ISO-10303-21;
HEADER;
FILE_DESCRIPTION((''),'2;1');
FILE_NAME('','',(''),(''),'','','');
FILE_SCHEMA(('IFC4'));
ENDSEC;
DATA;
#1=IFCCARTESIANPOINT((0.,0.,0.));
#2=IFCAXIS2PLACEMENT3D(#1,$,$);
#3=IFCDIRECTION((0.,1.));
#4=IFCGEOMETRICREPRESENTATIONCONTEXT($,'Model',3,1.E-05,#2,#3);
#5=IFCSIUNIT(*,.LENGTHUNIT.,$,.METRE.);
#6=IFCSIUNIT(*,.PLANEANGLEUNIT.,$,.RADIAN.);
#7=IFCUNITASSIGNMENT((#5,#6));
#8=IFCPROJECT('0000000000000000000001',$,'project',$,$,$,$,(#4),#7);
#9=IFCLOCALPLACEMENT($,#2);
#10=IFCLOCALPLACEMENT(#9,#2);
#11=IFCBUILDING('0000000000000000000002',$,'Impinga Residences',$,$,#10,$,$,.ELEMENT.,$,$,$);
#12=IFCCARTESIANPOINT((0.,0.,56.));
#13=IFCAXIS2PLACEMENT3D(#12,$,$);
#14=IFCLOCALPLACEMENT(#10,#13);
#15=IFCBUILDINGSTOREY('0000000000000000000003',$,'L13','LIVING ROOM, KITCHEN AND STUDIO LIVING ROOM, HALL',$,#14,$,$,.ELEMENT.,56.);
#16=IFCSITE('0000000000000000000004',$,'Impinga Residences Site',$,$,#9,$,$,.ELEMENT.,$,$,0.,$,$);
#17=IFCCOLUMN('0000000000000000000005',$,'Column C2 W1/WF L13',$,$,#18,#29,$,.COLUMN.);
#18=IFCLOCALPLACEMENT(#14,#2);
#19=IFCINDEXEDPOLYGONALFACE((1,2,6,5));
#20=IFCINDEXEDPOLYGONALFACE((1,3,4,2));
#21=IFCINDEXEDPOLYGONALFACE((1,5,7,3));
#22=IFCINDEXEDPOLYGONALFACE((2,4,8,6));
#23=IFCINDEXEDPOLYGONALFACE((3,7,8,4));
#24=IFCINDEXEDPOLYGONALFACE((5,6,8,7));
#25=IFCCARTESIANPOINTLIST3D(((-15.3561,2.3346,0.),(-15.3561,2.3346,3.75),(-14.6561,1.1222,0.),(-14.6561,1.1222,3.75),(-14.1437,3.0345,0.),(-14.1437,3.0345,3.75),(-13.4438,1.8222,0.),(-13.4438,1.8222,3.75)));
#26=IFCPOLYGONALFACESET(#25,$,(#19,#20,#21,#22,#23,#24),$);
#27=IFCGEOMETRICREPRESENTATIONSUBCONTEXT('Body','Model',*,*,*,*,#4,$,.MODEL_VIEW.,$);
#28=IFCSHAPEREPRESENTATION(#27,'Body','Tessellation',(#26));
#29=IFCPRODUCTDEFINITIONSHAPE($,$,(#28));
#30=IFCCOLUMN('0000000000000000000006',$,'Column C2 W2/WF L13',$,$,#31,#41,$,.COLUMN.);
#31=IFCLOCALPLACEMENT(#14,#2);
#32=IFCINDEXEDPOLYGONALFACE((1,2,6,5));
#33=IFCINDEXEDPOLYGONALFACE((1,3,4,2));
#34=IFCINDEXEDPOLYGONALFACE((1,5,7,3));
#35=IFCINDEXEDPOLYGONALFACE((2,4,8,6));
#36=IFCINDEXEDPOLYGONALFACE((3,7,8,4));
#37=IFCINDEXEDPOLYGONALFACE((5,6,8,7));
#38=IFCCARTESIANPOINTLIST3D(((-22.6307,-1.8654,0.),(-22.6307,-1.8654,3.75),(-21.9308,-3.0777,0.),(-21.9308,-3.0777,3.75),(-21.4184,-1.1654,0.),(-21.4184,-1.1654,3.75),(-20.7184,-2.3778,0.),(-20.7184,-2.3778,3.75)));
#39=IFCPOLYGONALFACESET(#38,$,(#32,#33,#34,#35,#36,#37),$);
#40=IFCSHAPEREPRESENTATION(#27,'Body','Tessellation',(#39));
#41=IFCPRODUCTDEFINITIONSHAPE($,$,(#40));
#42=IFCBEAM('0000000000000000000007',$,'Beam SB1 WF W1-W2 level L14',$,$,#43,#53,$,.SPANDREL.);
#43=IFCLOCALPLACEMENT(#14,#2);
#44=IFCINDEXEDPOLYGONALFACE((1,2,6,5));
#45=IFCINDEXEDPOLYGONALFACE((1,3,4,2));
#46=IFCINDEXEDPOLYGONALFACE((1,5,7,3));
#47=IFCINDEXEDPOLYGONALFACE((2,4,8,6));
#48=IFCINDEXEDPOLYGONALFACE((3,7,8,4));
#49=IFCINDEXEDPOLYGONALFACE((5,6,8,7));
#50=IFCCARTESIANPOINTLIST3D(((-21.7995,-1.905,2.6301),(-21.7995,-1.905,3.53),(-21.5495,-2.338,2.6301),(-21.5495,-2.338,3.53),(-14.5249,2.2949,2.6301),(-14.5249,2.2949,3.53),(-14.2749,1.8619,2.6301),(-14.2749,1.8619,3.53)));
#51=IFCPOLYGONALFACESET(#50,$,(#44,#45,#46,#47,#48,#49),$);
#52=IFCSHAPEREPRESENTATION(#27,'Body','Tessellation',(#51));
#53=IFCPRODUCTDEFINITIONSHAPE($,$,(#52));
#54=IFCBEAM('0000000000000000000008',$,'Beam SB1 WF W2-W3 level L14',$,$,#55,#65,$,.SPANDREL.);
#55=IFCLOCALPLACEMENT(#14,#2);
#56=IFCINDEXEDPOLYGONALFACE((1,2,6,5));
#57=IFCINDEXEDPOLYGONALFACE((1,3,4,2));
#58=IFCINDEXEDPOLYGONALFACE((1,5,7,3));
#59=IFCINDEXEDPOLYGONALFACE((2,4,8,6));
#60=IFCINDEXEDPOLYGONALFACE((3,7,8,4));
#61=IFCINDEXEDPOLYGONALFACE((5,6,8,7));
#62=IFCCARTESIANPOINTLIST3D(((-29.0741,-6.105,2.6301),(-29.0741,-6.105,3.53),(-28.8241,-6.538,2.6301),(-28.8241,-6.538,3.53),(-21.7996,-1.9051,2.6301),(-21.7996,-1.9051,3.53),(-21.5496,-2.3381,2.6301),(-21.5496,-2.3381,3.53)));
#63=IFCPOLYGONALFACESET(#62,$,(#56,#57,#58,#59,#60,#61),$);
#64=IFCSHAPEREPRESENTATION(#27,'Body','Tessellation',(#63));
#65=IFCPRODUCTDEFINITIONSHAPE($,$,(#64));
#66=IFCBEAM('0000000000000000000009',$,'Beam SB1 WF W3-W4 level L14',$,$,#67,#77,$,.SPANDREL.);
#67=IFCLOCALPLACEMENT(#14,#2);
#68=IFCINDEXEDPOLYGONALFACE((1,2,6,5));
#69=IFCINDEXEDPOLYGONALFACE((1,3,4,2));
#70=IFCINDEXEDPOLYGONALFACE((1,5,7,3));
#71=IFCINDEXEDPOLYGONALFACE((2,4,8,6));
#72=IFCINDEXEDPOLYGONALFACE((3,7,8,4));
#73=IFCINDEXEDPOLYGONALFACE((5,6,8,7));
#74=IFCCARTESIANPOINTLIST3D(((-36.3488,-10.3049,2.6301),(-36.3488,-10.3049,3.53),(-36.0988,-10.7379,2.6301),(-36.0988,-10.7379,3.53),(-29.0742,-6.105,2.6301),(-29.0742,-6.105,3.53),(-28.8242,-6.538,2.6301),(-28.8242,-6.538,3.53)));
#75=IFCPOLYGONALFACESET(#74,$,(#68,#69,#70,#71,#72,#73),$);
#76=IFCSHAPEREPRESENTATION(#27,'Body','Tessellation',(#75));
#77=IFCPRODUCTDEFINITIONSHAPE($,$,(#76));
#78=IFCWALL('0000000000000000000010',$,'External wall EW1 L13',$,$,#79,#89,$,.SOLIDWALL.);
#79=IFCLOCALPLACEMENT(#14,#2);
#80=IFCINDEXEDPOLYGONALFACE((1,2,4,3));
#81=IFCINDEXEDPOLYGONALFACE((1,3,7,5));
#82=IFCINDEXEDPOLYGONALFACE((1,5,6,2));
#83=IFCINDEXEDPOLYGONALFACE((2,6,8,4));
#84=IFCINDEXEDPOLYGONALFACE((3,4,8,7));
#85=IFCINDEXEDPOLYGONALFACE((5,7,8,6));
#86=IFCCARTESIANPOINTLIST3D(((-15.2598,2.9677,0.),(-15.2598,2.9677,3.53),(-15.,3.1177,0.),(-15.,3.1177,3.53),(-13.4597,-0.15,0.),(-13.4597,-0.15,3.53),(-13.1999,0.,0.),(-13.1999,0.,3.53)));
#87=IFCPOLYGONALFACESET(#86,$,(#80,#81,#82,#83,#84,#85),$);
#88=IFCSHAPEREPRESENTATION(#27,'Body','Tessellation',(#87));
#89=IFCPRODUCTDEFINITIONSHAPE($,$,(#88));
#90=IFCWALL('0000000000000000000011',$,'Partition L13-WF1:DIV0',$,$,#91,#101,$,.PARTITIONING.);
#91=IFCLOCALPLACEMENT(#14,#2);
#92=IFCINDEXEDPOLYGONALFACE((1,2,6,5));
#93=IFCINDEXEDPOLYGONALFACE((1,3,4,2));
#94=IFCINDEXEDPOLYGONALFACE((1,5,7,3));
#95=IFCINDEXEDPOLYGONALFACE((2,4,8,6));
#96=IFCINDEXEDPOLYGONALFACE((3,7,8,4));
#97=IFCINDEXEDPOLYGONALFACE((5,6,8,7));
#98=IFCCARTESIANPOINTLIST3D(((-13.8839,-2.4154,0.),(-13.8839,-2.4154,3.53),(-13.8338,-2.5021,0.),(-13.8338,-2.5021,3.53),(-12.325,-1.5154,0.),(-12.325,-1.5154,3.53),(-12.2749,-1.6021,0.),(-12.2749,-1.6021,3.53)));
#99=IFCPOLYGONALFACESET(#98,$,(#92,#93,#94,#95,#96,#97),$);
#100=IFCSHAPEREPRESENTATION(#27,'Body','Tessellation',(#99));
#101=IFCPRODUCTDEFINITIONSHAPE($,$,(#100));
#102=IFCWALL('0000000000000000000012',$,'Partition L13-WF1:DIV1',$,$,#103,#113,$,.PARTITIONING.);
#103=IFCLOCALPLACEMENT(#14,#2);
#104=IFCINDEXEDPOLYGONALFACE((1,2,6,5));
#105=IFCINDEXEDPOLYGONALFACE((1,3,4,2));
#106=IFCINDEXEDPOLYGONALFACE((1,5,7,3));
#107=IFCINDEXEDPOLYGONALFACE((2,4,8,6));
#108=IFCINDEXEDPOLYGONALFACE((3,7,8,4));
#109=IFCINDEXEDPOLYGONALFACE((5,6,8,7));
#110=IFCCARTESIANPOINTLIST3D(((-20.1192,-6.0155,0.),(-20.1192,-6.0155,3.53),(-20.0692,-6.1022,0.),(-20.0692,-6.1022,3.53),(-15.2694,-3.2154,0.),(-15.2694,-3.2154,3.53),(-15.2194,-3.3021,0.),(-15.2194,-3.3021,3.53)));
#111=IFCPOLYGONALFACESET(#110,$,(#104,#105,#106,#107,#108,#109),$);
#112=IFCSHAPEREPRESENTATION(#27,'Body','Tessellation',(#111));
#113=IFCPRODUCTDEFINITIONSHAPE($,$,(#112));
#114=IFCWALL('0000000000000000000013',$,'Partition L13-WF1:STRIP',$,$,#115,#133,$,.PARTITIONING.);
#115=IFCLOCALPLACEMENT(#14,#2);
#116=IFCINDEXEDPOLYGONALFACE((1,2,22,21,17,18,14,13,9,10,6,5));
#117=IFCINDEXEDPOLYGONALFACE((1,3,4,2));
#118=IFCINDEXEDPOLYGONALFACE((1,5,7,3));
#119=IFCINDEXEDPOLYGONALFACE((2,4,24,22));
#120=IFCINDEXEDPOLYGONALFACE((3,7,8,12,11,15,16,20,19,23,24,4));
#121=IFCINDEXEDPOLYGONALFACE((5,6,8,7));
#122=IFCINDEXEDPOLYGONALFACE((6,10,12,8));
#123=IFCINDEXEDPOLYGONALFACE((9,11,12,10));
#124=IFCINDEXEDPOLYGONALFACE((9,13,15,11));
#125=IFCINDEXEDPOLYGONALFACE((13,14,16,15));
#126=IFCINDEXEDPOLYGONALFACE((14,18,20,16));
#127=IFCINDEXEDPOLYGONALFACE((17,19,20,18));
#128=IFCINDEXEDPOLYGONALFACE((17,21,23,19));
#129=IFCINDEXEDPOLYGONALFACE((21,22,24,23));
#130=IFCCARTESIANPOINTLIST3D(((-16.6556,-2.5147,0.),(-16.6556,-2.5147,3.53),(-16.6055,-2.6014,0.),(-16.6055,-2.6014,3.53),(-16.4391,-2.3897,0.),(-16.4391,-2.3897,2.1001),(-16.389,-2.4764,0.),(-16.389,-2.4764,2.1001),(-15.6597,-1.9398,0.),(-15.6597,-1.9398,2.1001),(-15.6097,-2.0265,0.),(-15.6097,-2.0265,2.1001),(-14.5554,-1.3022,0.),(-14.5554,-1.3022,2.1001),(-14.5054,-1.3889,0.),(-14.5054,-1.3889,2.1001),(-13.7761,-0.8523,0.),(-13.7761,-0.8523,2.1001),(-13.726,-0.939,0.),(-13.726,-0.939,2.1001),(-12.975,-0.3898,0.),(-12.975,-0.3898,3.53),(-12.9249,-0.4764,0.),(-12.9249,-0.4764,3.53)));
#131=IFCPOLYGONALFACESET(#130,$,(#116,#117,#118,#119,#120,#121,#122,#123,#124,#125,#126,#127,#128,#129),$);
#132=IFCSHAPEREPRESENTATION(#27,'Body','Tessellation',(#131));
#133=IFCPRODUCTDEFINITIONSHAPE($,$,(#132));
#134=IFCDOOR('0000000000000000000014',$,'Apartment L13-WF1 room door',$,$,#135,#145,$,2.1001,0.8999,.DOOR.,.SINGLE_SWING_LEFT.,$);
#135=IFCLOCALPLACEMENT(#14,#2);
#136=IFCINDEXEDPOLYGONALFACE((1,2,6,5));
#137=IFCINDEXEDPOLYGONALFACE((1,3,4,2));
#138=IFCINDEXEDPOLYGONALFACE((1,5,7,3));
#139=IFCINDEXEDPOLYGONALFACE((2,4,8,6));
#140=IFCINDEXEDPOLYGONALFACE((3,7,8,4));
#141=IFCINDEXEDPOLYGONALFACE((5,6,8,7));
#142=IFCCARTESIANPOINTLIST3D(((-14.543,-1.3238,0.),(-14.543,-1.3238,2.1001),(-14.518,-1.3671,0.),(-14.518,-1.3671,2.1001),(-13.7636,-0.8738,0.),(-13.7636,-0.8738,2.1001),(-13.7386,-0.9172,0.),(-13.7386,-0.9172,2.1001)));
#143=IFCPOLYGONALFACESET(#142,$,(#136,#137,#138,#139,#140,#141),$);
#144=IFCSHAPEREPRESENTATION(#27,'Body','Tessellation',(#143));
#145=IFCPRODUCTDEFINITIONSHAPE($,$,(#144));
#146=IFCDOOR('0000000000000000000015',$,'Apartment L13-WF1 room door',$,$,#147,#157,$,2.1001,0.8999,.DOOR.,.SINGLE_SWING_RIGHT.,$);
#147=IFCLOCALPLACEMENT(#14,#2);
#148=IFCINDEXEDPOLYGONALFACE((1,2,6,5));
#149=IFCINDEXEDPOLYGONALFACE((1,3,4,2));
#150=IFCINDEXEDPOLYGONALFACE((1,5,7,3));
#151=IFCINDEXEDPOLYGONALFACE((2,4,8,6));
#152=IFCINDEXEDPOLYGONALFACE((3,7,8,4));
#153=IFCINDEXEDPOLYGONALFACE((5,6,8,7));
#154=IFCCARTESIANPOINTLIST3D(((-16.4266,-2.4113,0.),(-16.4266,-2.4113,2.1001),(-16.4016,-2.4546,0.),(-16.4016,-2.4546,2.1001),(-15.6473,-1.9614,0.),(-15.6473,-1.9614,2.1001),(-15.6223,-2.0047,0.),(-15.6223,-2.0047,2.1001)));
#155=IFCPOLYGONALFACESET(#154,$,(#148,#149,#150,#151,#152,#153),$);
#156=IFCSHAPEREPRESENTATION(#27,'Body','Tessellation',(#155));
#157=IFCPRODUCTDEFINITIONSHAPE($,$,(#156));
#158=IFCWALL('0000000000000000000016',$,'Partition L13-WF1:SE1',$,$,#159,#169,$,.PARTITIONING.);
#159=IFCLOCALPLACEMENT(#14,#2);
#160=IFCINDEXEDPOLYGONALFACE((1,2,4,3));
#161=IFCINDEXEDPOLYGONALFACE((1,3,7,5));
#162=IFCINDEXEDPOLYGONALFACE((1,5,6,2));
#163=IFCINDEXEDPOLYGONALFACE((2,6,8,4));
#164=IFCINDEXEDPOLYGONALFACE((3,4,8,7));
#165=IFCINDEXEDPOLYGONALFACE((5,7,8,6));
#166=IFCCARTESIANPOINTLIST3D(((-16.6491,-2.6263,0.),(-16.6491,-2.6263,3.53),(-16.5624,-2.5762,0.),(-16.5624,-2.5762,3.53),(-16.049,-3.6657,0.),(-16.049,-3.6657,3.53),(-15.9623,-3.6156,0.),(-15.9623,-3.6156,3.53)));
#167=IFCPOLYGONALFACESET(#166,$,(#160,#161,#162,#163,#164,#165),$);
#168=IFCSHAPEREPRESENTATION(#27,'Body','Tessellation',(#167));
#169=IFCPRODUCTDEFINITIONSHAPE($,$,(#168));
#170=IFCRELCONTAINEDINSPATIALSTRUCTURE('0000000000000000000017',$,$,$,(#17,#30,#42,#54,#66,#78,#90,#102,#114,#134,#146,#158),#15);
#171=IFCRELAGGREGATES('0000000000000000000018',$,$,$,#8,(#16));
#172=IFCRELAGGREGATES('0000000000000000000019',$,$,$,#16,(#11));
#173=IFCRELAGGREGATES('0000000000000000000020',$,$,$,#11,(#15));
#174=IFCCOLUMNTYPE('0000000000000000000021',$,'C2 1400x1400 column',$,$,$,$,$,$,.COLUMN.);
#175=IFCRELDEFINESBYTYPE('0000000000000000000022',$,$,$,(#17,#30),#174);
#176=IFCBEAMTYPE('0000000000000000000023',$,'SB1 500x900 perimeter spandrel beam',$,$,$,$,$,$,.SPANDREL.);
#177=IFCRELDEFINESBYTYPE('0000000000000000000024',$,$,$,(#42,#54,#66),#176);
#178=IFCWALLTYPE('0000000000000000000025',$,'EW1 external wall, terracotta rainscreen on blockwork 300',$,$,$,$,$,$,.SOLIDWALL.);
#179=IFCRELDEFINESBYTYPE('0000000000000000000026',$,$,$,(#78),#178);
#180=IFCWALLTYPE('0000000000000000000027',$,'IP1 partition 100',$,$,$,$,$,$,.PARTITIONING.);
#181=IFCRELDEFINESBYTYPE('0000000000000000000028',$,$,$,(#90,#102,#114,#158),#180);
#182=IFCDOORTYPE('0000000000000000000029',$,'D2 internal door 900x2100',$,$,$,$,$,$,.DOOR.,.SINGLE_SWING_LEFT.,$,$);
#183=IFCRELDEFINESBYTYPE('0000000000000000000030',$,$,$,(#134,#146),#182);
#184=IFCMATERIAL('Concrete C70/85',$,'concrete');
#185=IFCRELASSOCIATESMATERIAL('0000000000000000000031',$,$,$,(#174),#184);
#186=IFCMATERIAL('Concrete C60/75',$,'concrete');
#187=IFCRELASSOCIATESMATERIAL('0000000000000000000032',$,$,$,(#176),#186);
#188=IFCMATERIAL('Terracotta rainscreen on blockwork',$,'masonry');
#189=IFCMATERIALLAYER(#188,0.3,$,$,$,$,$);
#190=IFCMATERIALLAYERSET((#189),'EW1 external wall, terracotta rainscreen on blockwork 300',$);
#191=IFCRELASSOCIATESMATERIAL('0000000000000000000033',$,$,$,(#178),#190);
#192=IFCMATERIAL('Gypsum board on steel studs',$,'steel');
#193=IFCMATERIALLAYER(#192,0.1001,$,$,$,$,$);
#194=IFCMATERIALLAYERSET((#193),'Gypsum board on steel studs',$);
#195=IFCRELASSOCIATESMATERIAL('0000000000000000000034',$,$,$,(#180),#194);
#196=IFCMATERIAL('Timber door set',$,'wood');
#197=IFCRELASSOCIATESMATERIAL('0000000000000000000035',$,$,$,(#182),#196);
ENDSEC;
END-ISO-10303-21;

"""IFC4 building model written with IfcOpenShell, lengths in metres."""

from ifc_helpers import new_model, si_unit, direction, frame, frame_2d, origin, origin_2d, place, context, subcontext, project, spatial, rectangle, extrude, material, layer, layer_set, material_profile, profile_set, type_object, element, fill, save


model = new_model("IFC4")

# Units and contexts
model_context = context("Model", 3, precision=1e-05, world=origin(), true_north=direction((0.0, 1.0)))
body_context = subcontext(model_context, "Body", "Model", "MODEL_VIEW")
ifc_project = project(units=[si_unit("LENGTHUNIT", "METRE"), si_unit("PLANEANGLEUNIT", "RADIAN")], contexts=[model_context])

# Site, building, storey
site_placement = place(None, origin())
site = spatial("IfcSite", under=ifc_project, at=site_placement, Name="Impinga Residences Site", CompositionType="ELEMENT", RefElevation=0.0)
building_placement = place(site_placement, origin())
building = spatial("IfcBuilding", under=site, at=building_placement, Name="Impinga Residences", CompositionType="ELEMENT")
storey_placement = place(building_placement, frame((0.0, 0.0, 56.0)))
storey = spatial("IfcBuildingStorey", under=building, at=storey_placement, Name="L13", Description="LIVING ROOM, KITCHEN AND STUDIO LIVING ROOM, HALL", CompositionType="ELEMENT", Elevation=56.0)

# Columns
ifc_material_1 = material(Name="Concrete C70/85", Category="concrete")
ifc_material_profile_1 = material_profile(ifc_material_1, rectangle(XDim=1.3999, YDim=1.3999, at=origin_2d()), Name="RC 1400x1400")
ifc_profile_set_1 = profile_set([ifc_material_profile_1], Name="Concrete C70/85")
column_type = type_object("IfcColumnType", Name="C2 1400x1400 column", PredefinedType="COLUMN", material=ifc_profile_set_1)
for number, where, z_axis, x_axis, name in (
    (1, (-14.3999, 2.0784, 0.0), (0.0, 0.0, 1.0), (-0.5, 0.866025, 0.0), "Column C2 W1/WF L13"),
    (2, (-21.6746, -2.1216, 0.0), (0.0, 0.0, 1.0), (-0.5, 0.866025, 0.0), "Column C2 W2/WF L13"),
):
    element("IfcColumn", number, at=place(storey_placement, frame(where, z_axis=z_axis, x_axis=x_axis)), inside=storey, type_object=column_type, Name=name, PredefinedType="COLUMN", context=body_context, shape_type="SweptSolid", body=[
        extrude(rectangle(XDim=1.3999, YDim=1.3999, at=origin_2d()), origin(), (0.0, 0.0, 1.0), 3.75),
    ])

# Beams
ifc_material_2 = material(Name="Concrete C60/75", Category="concrete")
ifc_material_profile_2 = material_profile(ifc_material_2, rectangle(XDim=0.5, YDim=0.8999, at=origin_2d()), Name="RC 500x900")
ifc_profile_set_2 = profile_set([ifc_material_profile_2], Name="Concrete C60/75")
beam_type = type_object("IfcBeamType", Name="SB1 500x900 perimeter spandrel beam", PredefinedType="SPANDREL", material=ifc_profile_set_2)
for number, where, z_axis, x_axis, name in (
    (3, (-14.3999, 2.0784, 3.0801), (-0.866029, -0.499993, 0.0), (0.499993, -0.866029, 0.0), "Beam SB1 WF W1-W2 level L14"),
    (4, (-21.6746, -2.1216, 3.0801), (-0.866029, -0.499993, 0.0), (0.499993, -0.866029, 0.0), "Beam SB1 WF W2-W3 level L14"),
    (5, (-28.9492, -6.3215, 3.0801), (-0.866029, -0.499993, 0.0), (0.499993, -0.866029, 0.0), "Beam SB1 WF W3-W4 level L14"),
):
    element("IfcBeam", number, at=place(storey_placement, frame(where, z_axis=z_axis, x_axis=x_axis)), inside=storey, type_object=beam_type, Name=name, PredefinedType="SPANDREL", context=body_context, shape_type="SweptSolid", body=[
        extrude(rectangle(XDim=0.5, YDim=0.8999, at=origin_2d()), origin(), (0.0, 0.0, 1.0), 8.3999),
    ])

# Walls
ifc_material_3 = material(Name="Terracotta rainscreen on blockwork", Category="masonry")
ifc_layer_1 = layer(ifc_material_3, 0.3)
ifc_layer_set_1 = layer_set([ifc_layer_1], Name="EW1 external wall, terracotta rainscreen on blockwork 300")
wall_type_1 = type_object("IfcWallType", Name="EW1 external wall, terracotta rainscreen on blockwork 300", PredefinedType="SOLIDWALL", material=ifc_layer_set_1)
wall_1_placement = place(storey_placement, frame((-15.1299, 3.0427, 0.0), z_axis=(0.0, 0.0, 1.0), x_axis=(0.500012, -0.866018, 0.0)))
element("IfcWall", 6, at=wall_1_placement, inside=storey, type_object=wall_type_1, Name="External wall EW1 L13", PredefinedType="SOLIDWALL", context=body_context, shape_type="SweptSolid", body=[
    extrude(rectangle(XDim=3.6001, YDim=0.3, at=frame_2d((1.8, 0.0))), origin(), (0.0, 0.0, 1.0), 3.53),
])
ifc_material_4 = material(Name="Gypsum board on steel studs", Category="steel")
ifc_layer_2 = layer(ifc_material_4, 0.1001)
ifc_layer_set_2 = layer_set([ifc_layer_2], Name="Gypsum board on steel studs")
wall_type_2 = type_object("IfcWallType", Name="IP1 partition 100", PredefinedType="PARTITIONING", material=ifc_layer_set_2)
wall_2_placement = place(storey_placement, frame((-12.3, -1.5588, 0.0), z_axis=(0.0, 0.0, 1.0), x_axis=(-0.866048, -0.499961, 0.0)))
element("IfcWall", 7, at=wall_2_placement, inside=storey, type_object=wall_type_2, Name="Partition L13-WF1:DIV0", PredefinedType="PARTITIONING", context=body_context, shape_type="SweptSolid", body=[
    extrude(rectangle(XDim=1.8, YDim=0.1001, at=frame_2d((0.8999, 0.0))), origin(), (0.0, 0.0, 1.0), 3.53),
])
wall_3_placement = place(storey_placement, frame((-15.2444, -3.2588, 0.0), z_axis=(0.0, 0.0, 1.0), x_axis=(-0.866027, -0.499998, 0.0)))
element("IfcWall", 8, at=wall_3_placement, inside=storey, type_object=wall_type_2, Name="Partition L13-WF1:DIV1", PredefinedType="PARTITIONING", context=body_context, shape_type="SweptSolid", body=[
    extrude(rectangle(XDim=5.6001, YDim=0.1001, at=frame_2d((2.8, 0.0))), origin(), (0.0, 0.0, 1.0), 3.53),
])

# Wall, openings, doors
wall_4_placement = place(storey_placement, frame((-12.95, -0.4331, 0.0), z_axis=(0.0, 0.0, 1.0), x_axis=(-0.866029, -0.499994, 0.0)))
wall_4 = element("IfcWall", 9, at=wall_4_placement, inside=storey, type_object=wall_type_2, Name="Partition L13-WF1:STRIP", PredefinedType="PARTITIONING", context=body_context, shape_type="SweptSolid", body=[
    extrude(rectangle(XDim=4.25, YDim=0.1001, at=frame_2d((2.125, 0.0))), origin(), (0.0, 0.0, 1.0), 3.53),
])
opening_1_placement = place(wall_4_placement, frame((0.925, 0.0, 0.0)))
opening_1 = element("IfcOpeningElement", 10, at=opening_1_placement, cuts=wall_4, PredefinedType="OPENING", context=body_context, shape_type="SweptSolid", body=[
    extrude(rectangle(XDim=0.8999, YDim=2.1001, at=frame_2d((0.45, 1.05))), frame((0.0, 0.0601, 0.0), z_axis=(0.0, -1.0, 0.0), x_axis=(1.0, 0.0, 0.0)), (0.0, 0.0, 1.0), 0.1201),
])
opening_2_placement = place(wall_4_placement, frame((3.1001, 0.0, 0.0)))
opening_2 = element("IfcOpeningElement", 11, at=opening_2_placement, cuts=wall_4, PredefinedType="OPENING", context=body_context, shape_type="SweptSolid", body=[
    extrude(rectangle(XDim=0.8999, YDim=2.1001, at=frame_2d((0.45, 1.05))), frame((0.0, 0.0601, 0.0), z_axis=(0.0, -1.0, 0.0), x_axis=(1.0, 0.0, 0.0)), (0.0, 0.0, 1.0), 0.1201),
])
ifc_material_5 = material(Name="Timber door set", Category="wood")
door_type = type_object("IfcDoorType", Name="D2 internal door 900x2100", OperationType="SINGLE_SWING_LEFT", PredefinedType="DOOR", material=ifc_material_5)
door_1_placement = place(opening_1_placement, origin())
door_1 = element("IfcDoor", 12, at=door_1_placement, inside=storey, type_object=door_type, Name="Apartment L13-WF1 room door", OperationType="SINGLE_SWING_LEFT", OverallHeight=2.1001, OverallWidth=0.8999, PredefinedType="DOOR", context=body_context, shape_type="SweptSolid", body=[
    extrude(rectangle(XDim=0.8999, YDim=2.1001, at=frame_2d((0.45, 1.05))), frame((0.0, 0.0249, 0.0), z_axis=(0.0, -1.0, 0.0), x_axis=(1.0, 0.0, 0.0)), (0.0, 0.0, 1.0), 0.05),
])
fill(opening_1, door_1)
door_2_placement = place(opening_2_placement, origin())
door_2 = element("IfcDoor", 13, at=door_2_placement, inside=storey, type_object=door_type, Name="Apartment L13-WF1 room door", OperationType="SINGLE_SWING_RIGHT", OverallHeight=2.1001, OverallWidth=0.8999, PredefinedType="DOOR", context=body_context, shape_type="SweptSolid", body=[
    extrude(rectangle(XDim=0.8999, YDim=2.1001, at=frame_2d((0.45, 1.05))), frame((0.0, 0.0249, 0.0), z_axis=(0.0, -1.0, 0.0), x_axis=(1.0, 0.0, 0.0)), (0.0, 0.0, 1.0), 0.05),
])
fill(opening_2, door_2)

# Wall
wall_5_placement = place(storey_placement, frame((-16.0056, -3.6406, 0.0), z_axis=(0.0, 0.0, 1.0), x_axis=(-0.500034, 0.866006, 0.0)))
element("IfcWall", 14, at=wall_5_placement, inside=storey, type_object=wall_type_2, Name="Partition L13-WF1:SE1", PredefinedType="PARTITIONING", context=body_context, shape_type="SweptSolid", body=[
    extrude(rectangle(XDim=1.2002, YDim=0.1001, at=frame_2d((0.6001, 0.0))), origin(), (0.0, 0.0, 1.0), 3.53),
])

save(model, "model.ifc")
